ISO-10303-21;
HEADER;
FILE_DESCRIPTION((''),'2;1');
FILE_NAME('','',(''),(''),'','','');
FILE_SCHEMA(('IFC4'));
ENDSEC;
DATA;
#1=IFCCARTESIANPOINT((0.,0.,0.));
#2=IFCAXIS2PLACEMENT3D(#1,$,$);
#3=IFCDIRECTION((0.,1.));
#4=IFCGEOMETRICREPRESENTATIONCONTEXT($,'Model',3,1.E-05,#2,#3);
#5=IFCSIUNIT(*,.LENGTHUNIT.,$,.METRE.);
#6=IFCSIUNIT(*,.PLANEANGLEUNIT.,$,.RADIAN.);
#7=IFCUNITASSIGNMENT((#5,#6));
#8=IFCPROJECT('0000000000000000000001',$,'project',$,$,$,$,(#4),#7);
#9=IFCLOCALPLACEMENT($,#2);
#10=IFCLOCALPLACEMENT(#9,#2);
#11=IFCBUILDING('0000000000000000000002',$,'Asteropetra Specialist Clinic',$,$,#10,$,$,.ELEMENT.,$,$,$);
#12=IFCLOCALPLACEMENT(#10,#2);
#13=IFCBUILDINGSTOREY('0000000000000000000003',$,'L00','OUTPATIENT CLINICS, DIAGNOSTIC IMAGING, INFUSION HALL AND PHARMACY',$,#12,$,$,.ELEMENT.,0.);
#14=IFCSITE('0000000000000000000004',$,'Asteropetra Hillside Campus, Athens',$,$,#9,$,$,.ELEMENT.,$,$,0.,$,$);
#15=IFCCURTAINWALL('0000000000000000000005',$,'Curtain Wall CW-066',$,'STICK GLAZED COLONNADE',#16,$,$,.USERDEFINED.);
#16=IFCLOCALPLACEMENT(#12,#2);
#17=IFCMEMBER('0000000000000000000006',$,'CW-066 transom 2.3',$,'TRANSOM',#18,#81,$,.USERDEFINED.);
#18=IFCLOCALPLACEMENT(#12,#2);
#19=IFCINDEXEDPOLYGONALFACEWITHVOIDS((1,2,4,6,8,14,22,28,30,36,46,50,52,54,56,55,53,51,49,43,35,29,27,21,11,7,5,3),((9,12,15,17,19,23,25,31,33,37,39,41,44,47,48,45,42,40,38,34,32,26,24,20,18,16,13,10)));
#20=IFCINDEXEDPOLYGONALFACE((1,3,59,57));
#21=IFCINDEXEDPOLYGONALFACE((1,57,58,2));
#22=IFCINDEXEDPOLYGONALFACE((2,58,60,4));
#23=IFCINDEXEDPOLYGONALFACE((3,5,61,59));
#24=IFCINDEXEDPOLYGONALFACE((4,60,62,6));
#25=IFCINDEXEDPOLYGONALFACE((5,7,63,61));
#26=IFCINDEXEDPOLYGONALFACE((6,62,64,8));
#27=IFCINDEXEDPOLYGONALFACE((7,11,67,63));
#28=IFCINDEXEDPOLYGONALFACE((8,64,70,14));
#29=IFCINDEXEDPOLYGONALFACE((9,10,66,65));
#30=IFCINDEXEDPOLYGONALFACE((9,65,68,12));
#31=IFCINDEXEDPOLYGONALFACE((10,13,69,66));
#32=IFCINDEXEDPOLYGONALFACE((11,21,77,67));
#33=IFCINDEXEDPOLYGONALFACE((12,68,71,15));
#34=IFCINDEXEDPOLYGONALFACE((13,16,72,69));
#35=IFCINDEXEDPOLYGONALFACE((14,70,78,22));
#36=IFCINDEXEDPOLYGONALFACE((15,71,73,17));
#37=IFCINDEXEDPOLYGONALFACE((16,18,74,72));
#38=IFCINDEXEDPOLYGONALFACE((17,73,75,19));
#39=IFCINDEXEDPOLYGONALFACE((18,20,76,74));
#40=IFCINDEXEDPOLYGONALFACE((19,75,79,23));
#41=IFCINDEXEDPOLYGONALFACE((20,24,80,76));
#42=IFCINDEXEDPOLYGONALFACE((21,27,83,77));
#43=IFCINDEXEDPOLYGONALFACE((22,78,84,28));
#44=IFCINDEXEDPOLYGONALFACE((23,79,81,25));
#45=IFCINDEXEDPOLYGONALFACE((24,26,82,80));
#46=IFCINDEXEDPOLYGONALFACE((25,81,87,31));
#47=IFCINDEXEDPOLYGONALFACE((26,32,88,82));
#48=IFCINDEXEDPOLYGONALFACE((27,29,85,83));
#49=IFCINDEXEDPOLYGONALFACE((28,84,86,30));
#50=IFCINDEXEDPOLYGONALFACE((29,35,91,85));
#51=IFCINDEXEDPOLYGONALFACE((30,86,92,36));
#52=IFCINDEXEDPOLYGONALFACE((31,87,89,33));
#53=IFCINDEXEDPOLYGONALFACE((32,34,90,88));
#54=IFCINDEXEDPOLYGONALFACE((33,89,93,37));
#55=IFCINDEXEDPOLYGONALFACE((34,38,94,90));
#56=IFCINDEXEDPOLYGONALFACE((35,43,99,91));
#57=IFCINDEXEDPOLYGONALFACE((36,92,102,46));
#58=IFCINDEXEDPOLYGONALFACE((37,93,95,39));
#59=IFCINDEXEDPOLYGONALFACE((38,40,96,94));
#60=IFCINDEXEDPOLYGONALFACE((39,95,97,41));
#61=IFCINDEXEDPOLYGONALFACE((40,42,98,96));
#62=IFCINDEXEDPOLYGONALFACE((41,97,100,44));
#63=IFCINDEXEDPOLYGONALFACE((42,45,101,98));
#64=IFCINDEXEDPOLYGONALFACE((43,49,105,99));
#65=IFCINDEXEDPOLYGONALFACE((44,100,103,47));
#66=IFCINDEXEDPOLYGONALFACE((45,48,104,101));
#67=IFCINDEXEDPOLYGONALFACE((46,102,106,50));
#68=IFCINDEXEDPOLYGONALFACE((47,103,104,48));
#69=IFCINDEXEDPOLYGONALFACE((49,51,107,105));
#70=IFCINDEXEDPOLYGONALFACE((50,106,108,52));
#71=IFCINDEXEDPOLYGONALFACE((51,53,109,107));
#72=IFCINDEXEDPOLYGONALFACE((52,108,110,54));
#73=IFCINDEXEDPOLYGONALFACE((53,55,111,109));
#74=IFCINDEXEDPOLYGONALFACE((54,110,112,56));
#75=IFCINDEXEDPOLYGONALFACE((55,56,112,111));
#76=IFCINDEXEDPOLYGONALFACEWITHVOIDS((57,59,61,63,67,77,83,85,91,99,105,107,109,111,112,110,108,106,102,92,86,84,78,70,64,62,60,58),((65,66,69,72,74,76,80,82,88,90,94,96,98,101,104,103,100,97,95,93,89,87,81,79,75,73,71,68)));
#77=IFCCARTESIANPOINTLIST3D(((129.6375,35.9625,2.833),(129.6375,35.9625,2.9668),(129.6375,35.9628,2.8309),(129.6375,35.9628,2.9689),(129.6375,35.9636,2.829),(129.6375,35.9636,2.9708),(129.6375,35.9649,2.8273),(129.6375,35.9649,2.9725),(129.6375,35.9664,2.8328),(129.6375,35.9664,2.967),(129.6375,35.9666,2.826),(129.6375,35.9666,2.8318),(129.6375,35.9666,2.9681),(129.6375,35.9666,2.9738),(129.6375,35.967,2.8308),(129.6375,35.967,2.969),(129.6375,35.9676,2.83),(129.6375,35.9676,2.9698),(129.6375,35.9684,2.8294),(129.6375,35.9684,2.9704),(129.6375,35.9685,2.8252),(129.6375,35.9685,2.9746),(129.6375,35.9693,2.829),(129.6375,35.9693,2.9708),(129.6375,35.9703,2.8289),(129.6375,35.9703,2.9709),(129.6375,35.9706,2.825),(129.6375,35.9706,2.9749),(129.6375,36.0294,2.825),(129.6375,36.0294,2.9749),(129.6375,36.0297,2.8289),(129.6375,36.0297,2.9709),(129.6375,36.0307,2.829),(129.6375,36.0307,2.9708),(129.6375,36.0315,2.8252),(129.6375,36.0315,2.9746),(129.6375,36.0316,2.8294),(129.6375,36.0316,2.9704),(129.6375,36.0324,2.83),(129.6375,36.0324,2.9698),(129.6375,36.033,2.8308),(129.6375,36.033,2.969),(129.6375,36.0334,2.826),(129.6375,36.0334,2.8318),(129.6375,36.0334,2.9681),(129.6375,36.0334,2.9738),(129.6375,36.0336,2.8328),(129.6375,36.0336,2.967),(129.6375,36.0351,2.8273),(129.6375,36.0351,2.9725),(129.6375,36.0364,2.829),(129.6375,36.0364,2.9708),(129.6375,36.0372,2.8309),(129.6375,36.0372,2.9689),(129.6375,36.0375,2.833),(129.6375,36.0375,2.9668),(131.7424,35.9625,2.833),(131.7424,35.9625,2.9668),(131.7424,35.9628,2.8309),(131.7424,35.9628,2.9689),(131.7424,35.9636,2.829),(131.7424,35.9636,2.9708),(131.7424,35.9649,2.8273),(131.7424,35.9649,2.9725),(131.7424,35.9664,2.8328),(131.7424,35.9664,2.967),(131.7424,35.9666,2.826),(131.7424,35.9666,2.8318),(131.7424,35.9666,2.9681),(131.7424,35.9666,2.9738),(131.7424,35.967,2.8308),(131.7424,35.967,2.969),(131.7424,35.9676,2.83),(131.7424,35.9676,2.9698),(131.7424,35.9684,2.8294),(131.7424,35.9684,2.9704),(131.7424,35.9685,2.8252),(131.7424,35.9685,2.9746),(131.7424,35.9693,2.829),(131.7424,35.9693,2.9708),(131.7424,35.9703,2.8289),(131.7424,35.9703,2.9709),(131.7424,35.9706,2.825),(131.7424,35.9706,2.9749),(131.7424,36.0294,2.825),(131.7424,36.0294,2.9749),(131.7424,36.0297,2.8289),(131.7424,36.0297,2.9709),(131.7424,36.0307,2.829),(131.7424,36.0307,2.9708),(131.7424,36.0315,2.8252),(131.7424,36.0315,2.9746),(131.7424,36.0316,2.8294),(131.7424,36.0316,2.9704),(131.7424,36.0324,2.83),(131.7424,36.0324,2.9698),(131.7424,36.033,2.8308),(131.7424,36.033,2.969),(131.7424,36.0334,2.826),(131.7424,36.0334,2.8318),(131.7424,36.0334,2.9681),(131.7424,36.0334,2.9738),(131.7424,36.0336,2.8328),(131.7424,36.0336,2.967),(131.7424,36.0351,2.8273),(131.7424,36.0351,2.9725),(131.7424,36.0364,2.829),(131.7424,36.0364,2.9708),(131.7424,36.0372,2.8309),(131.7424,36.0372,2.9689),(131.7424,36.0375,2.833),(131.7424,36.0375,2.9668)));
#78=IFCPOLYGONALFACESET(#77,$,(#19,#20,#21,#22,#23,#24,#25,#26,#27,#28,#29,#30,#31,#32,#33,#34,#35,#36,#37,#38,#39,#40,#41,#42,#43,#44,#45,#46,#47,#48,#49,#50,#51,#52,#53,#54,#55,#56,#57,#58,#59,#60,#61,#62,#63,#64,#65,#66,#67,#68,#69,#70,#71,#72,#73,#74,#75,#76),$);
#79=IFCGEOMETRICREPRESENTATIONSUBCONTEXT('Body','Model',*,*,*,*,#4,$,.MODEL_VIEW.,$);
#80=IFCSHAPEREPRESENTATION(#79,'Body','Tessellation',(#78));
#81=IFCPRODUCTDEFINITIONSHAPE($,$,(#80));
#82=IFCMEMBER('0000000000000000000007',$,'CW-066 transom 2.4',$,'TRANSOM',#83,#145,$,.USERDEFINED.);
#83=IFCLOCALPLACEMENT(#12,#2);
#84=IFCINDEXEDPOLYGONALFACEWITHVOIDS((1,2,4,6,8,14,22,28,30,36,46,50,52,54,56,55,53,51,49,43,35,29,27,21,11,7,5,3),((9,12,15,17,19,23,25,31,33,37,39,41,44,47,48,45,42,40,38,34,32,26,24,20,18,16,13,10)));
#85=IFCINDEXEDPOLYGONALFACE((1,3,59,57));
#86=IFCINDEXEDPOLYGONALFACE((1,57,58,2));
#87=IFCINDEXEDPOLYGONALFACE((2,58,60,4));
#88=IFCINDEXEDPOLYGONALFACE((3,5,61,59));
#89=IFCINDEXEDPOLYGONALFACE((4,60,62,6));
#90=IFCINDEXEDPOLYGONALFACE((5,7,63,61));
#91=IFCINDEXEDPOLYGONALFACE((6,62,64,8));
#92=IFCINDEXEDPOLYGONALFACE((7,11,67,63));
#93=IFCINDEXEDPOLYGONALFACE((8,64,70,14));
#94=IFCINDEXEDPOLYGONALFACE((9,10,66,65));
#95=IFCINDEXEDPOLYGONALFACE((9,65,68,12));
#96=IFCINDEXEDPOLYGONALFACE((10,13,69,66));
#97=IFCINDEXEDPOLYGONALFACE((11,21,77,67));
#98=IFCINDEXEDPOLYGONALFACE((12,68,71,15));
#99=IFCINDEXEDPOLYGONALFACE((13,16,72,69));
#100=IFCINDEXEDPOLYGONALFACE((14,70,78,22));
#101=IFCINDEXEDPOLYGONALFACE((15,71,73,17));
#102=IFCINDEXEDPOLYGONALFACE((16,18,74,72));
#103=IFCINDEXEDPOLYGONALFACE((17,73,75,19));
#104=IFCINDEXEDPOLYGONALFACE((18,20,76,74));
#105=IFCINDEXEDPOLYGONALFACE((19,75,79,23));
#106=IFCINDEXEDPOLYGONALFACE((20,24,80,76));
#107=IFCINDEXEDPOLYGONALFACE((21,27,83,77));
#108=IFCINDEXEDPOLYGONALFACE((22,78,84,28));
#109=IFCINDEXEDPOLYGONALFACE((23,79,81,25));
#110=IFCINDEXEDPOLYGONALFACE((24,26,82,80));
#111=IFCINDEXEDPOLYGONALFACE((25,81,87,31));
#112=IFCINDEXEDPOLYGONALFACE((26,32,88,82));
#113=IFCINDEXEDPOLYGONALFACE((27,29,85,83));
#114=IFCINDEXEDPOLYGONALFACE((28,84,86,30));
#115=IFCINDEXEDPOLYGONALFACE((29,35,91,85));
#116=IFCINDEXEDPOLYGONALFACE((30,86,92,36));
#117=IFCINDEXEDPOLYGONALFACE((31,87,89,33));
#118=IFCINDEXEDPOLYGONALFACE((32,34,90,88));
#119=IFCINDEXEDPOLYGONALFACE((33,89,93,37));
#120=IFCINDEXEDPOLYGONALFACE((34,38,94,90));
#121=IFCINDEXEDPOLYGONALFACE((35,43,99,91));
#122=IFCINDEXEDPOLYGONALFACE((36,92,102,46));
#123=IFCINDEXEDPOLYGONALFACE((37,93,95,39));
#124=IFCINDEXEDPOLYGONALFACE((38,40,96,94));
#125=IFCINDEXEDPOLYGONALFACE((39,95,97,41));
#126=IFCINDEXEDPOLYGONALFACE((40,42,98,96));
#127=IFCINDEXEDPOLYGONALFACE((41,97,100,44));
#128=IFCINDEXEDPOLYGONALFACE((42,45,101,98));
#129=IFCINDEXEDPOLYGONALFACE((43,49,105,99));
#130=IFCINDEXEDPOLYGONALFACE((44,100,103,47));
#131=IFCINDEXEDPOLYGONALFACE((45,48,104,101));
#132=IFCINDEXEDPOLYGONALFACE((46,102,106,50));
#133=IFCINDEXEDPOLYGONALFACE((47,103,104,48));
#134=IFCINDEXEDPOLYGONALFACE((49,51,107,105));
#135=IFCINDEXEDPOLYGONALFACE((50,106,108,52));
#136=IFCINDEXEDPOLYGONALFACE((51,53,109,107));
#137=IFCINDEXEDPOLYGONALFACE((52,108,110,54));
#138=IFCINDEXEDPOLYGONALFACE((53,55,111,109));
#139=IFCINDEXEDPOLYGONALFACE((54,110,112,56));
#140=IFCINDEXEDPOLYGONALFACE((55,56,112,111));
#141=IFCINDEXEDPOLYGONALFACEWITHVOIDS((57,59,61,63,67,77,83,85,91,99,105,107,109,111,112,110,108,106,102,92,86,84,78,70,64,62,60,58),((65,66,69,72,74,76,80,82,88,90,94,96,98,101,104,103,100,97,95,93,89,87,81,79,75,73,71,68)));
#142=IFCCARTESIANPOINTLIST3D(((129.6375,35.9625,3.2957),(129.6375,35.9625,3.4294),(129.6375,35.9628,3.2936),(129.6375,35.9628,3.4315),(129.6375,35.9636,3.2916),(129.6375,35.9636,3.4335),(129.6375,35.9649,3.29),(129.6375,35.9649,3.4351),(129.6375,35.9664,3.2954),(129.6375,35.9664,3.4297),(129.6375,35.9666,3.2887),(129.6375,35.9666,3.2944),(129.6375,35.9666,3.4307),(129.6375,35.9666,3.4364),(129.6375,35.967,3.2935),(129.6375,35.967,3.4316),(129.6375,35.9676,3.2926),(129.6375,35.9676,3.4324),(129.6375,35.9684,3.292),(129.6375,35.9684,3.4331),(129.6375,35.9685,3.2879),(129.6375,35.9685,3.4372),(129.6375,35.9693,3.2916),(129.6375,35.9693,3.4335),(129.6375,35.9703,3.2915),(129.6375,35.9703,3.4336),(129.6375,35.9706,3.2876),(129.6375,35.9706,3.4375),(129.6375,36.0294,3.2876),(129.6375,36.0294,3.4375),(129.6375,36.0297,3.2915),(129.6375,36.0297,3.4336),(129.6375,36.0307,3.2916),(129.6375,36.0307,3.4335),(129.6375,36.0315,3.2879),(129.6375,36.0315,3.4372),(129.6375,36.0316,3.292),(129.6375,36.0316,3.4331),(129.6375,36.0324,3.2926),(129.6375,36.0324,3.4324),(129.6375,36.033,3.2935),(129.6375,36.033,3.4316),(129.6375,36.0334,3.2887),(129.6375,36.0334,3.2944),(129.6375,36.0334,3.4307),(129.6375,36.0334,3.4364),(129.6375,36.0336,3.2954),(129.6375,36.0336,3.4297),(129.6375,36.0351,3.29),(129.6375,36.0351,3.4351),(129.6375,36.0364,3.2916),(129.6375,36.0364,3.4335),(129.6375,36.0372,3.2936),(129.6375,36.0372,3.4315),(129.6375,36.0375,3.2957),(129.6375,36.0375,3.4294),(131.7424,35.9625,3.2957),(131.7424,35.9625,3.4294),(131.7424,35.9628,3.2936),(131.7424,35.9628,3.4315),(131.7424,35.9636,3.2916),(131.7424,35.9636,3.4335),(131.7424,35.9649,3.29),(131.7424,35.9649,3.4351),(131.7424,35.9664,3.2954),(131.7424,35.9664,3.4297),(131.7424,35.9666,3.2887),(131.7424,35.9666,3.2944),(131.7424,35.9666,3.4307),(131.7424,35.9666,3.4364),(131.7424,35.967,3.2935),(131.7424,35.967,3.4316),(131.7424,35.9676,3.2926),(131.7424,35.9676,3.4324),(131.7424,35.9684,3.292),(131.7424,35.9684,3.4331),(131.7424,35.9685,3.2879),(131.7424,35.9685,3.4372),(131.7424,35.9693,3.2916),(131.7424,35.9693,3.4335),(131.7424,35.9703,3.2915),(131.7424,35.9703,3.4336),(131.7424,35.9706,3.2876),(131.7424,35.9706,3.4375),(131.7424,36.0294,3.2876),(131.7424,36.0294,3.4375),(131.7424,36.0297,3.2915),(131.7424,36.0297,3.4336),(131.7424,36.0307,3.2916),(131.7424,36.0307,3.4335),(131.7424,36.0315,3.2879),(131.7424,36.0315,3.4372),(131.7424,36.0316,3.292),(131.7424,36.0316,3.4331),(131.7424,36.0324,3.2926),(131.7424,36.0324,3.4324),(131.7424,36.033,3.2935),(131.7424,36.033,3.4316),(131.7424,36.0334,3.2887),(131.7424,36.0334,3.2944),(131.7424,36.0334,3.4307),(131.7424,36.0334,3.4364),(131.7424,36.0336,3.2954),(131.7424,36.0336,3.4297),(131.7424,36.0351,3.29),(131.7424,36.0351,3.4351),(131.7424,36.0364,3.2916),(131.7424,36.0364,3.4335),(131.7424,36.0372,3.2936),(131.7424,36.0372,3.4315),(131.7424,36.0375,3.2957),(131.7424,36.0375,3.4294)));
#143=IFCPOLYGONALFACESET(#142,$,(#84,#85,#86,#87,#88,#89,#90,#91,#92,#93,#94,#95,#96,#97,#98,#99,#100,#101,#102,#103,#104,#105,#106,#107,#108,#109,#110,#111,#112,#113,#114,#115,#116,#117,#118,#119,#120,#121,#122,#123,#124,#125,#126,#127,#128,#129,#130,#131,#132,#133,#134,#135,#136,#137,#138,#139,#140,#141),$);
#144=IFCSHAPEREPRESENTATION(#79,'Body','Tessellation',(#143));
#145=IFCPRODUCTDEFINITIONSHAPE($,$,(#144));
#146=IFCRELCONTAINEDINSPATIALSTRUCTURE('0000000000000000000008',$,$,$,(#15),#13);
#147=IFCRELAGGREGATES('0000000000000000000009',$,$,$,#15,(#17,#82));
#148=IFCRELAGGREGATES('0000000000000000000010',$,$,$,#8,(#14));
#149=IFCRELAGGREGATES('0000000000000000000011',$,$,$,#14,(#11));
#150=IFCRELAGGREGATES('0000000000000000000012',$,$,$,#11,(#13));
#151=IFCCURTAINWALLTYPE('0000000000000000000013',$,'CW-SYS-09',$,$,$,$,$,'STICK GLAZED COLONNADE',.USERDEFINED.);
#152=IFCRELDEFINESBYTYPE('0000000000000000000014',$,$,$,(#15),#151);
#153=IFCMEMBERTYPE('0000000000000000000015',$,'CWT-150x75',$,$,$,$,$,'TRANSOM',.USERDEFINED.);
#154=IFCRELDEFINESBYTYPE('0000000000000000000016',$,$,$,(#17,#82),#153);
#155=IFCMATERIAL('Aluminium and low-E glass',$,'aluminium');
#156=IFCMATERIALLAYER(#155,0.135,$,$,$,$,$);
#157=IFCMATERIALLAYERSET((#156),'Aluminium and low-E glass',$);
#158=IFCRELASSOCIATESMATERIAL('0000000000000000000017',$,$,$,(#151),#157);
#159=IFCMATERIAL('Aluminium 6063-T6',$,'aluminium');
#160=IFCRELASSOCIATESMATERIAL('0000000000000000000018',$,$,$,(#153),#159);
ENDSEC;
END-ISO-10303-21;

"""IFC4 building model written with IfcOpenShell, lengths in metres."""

from ifc_helpers import new_model, si_unit, direction, frame, origin, origin_2d, place, context, subcontext, project, spatial, hollow_rectangle, extrude, material, layer, layer_set, material_profile, profile_set, type_object, element, aggregate, save


model = new_model("IFC4")

# Units and contexts
model_context = context("Model", 3, precision=1e-05, world=origin(), true_north=direction((0.0, 1.0)))
body_context = subcontext(model_context, "Body", "Model", "MODEL_VIEW")
ifc_project = project(units=[si_unit("LENGTHUNIT", "METRE"), si_unit("PLANEANGLEUNIT", "RADIAN")], contexts=[model_context])

# Site, building, storey
site_placement = place(None, origin())
site = spatial("IfcSite", under=ifc_project, at=site_placement, Name="Asteropetra Hillside Campus, Athens", CompositionType="ELEMENT", RefElevation=0.0)
building_placement = place(site_placement, origin())
building = spatial("IfcBuilding", under=site, at=building_placement, Name="Asteropetra Specialist Clinic", CompositionType="ELEMENT")
storey_placement = place(building_placement, origin())
storey = spatial("IfcBuildingStorey", under=building, at=storey_placement, Name="L00", Description="OUTPATIENT CLINICS, DIAGNOSTIC IMAGING, INFUSION HALL AND PHARMACY", CompositionType="ELEMENT", Elevation=0.0)

# Curtain wall, members
ifc_material_1 = material(Name="Aluminium and low-E glass", Category="aluminium")
ifc_layer_1 = layer(ifc_material_1, 0.135)
ifc_layer_set_1 = layer_set([ifc_layer_1], Name="Aluminium and low-E glass")
curtain_wall_type = type_object("IfcCurtainWallType", Name="CW-SYS-09", ElementType="STICK GLAZED COLONNADE", PredefinedType="USERDEFINED", material=ifc_layer_set_1)
curtain_wall_placement = place(storey_placement, origin())
curtain_wall = element("IfcCurtainWall", 1, at=curtain_wall_placement, inside=storey, type_object=curtain_wall_type, Name="Curtain Wall CW-066", ObjectType="STICK GLAZED COLONNADE", PredefinedType="USERDEFINED")
ifc_material_2 = material(Name="Aluminium 6063-T6", Category="aluminium")
ifc_material_profile_1 = material_profile(ifc_material_2, hollow_rectangle(XDim=0.075, YDim=0.1499, WallThickness=0.0039, InnerFilletRadius=0.0039, OuterFilletRadius=0.0081, at=origin_2d()), Name="TRN 150x75x4.0")
ifc_profile_set_1 = profile_set([ifc_material_profile_1], Name="Aluminium 6063-T6")
member_type_1 = type_object("IfcMemberType", Name="CWT-150x75", ElementType="TRANSOM", PredefinedType="USERDEFINED", material=ifc_profile_set_1)
member_1_placement = place(storey_placement, frame((131.7424, 36.0, 2.8999), z_axis=(-1.0, 0.0, 0.0), x_axis=(0.0, -1.0, 0.0)))
member_1 = element("IfcMember", 2, at=member_1_placement, type_object=member_type_1, Name="CW-066 transom 2.3", ObjectType="TRANSOM", PredefinedType="USERDEFINED", context=body_context, shape_type="SweptSolid", body=[
    extrude(hollow_rectangle(XDim=0.075, YDim=0.1499, WallThickness=0.0039, InnerFilletRadius=0.0039, OuterFilletRadius=0.0081, at=origin_2d()), origin(), (0.0, 0.0, 1.0), 2.105),
])
member_2_placement = place(storey_placement, frame((131.7424, 36.0, 3.3625), z_axis=(-1.0, 0.0, 0.0), x_axis=(0.0, -1.0, 0.0)))
member_2 = element("IfcMember", 3, at=member_2_placement, type_object=member_type_1, Name="CW-066 transom 2.4", ObjectType="TRANSOM", PredefinedType="USERDEFINED", context=body_context, shape_type="SweptSolid", body=[
    extrude(hollow_rectangle(XDim=0.075, YDim=0.1499, WallThickness=0.0039, InnerFilletRadius=0.0039, OuterFilletRadius=0.0081, at=origin_2d()), origin(), (0.0, 0.0, 1.0), 2.105),
])
aggregate(curtain_wall, [member_1, member_2])

save(model, "model.ifc")
